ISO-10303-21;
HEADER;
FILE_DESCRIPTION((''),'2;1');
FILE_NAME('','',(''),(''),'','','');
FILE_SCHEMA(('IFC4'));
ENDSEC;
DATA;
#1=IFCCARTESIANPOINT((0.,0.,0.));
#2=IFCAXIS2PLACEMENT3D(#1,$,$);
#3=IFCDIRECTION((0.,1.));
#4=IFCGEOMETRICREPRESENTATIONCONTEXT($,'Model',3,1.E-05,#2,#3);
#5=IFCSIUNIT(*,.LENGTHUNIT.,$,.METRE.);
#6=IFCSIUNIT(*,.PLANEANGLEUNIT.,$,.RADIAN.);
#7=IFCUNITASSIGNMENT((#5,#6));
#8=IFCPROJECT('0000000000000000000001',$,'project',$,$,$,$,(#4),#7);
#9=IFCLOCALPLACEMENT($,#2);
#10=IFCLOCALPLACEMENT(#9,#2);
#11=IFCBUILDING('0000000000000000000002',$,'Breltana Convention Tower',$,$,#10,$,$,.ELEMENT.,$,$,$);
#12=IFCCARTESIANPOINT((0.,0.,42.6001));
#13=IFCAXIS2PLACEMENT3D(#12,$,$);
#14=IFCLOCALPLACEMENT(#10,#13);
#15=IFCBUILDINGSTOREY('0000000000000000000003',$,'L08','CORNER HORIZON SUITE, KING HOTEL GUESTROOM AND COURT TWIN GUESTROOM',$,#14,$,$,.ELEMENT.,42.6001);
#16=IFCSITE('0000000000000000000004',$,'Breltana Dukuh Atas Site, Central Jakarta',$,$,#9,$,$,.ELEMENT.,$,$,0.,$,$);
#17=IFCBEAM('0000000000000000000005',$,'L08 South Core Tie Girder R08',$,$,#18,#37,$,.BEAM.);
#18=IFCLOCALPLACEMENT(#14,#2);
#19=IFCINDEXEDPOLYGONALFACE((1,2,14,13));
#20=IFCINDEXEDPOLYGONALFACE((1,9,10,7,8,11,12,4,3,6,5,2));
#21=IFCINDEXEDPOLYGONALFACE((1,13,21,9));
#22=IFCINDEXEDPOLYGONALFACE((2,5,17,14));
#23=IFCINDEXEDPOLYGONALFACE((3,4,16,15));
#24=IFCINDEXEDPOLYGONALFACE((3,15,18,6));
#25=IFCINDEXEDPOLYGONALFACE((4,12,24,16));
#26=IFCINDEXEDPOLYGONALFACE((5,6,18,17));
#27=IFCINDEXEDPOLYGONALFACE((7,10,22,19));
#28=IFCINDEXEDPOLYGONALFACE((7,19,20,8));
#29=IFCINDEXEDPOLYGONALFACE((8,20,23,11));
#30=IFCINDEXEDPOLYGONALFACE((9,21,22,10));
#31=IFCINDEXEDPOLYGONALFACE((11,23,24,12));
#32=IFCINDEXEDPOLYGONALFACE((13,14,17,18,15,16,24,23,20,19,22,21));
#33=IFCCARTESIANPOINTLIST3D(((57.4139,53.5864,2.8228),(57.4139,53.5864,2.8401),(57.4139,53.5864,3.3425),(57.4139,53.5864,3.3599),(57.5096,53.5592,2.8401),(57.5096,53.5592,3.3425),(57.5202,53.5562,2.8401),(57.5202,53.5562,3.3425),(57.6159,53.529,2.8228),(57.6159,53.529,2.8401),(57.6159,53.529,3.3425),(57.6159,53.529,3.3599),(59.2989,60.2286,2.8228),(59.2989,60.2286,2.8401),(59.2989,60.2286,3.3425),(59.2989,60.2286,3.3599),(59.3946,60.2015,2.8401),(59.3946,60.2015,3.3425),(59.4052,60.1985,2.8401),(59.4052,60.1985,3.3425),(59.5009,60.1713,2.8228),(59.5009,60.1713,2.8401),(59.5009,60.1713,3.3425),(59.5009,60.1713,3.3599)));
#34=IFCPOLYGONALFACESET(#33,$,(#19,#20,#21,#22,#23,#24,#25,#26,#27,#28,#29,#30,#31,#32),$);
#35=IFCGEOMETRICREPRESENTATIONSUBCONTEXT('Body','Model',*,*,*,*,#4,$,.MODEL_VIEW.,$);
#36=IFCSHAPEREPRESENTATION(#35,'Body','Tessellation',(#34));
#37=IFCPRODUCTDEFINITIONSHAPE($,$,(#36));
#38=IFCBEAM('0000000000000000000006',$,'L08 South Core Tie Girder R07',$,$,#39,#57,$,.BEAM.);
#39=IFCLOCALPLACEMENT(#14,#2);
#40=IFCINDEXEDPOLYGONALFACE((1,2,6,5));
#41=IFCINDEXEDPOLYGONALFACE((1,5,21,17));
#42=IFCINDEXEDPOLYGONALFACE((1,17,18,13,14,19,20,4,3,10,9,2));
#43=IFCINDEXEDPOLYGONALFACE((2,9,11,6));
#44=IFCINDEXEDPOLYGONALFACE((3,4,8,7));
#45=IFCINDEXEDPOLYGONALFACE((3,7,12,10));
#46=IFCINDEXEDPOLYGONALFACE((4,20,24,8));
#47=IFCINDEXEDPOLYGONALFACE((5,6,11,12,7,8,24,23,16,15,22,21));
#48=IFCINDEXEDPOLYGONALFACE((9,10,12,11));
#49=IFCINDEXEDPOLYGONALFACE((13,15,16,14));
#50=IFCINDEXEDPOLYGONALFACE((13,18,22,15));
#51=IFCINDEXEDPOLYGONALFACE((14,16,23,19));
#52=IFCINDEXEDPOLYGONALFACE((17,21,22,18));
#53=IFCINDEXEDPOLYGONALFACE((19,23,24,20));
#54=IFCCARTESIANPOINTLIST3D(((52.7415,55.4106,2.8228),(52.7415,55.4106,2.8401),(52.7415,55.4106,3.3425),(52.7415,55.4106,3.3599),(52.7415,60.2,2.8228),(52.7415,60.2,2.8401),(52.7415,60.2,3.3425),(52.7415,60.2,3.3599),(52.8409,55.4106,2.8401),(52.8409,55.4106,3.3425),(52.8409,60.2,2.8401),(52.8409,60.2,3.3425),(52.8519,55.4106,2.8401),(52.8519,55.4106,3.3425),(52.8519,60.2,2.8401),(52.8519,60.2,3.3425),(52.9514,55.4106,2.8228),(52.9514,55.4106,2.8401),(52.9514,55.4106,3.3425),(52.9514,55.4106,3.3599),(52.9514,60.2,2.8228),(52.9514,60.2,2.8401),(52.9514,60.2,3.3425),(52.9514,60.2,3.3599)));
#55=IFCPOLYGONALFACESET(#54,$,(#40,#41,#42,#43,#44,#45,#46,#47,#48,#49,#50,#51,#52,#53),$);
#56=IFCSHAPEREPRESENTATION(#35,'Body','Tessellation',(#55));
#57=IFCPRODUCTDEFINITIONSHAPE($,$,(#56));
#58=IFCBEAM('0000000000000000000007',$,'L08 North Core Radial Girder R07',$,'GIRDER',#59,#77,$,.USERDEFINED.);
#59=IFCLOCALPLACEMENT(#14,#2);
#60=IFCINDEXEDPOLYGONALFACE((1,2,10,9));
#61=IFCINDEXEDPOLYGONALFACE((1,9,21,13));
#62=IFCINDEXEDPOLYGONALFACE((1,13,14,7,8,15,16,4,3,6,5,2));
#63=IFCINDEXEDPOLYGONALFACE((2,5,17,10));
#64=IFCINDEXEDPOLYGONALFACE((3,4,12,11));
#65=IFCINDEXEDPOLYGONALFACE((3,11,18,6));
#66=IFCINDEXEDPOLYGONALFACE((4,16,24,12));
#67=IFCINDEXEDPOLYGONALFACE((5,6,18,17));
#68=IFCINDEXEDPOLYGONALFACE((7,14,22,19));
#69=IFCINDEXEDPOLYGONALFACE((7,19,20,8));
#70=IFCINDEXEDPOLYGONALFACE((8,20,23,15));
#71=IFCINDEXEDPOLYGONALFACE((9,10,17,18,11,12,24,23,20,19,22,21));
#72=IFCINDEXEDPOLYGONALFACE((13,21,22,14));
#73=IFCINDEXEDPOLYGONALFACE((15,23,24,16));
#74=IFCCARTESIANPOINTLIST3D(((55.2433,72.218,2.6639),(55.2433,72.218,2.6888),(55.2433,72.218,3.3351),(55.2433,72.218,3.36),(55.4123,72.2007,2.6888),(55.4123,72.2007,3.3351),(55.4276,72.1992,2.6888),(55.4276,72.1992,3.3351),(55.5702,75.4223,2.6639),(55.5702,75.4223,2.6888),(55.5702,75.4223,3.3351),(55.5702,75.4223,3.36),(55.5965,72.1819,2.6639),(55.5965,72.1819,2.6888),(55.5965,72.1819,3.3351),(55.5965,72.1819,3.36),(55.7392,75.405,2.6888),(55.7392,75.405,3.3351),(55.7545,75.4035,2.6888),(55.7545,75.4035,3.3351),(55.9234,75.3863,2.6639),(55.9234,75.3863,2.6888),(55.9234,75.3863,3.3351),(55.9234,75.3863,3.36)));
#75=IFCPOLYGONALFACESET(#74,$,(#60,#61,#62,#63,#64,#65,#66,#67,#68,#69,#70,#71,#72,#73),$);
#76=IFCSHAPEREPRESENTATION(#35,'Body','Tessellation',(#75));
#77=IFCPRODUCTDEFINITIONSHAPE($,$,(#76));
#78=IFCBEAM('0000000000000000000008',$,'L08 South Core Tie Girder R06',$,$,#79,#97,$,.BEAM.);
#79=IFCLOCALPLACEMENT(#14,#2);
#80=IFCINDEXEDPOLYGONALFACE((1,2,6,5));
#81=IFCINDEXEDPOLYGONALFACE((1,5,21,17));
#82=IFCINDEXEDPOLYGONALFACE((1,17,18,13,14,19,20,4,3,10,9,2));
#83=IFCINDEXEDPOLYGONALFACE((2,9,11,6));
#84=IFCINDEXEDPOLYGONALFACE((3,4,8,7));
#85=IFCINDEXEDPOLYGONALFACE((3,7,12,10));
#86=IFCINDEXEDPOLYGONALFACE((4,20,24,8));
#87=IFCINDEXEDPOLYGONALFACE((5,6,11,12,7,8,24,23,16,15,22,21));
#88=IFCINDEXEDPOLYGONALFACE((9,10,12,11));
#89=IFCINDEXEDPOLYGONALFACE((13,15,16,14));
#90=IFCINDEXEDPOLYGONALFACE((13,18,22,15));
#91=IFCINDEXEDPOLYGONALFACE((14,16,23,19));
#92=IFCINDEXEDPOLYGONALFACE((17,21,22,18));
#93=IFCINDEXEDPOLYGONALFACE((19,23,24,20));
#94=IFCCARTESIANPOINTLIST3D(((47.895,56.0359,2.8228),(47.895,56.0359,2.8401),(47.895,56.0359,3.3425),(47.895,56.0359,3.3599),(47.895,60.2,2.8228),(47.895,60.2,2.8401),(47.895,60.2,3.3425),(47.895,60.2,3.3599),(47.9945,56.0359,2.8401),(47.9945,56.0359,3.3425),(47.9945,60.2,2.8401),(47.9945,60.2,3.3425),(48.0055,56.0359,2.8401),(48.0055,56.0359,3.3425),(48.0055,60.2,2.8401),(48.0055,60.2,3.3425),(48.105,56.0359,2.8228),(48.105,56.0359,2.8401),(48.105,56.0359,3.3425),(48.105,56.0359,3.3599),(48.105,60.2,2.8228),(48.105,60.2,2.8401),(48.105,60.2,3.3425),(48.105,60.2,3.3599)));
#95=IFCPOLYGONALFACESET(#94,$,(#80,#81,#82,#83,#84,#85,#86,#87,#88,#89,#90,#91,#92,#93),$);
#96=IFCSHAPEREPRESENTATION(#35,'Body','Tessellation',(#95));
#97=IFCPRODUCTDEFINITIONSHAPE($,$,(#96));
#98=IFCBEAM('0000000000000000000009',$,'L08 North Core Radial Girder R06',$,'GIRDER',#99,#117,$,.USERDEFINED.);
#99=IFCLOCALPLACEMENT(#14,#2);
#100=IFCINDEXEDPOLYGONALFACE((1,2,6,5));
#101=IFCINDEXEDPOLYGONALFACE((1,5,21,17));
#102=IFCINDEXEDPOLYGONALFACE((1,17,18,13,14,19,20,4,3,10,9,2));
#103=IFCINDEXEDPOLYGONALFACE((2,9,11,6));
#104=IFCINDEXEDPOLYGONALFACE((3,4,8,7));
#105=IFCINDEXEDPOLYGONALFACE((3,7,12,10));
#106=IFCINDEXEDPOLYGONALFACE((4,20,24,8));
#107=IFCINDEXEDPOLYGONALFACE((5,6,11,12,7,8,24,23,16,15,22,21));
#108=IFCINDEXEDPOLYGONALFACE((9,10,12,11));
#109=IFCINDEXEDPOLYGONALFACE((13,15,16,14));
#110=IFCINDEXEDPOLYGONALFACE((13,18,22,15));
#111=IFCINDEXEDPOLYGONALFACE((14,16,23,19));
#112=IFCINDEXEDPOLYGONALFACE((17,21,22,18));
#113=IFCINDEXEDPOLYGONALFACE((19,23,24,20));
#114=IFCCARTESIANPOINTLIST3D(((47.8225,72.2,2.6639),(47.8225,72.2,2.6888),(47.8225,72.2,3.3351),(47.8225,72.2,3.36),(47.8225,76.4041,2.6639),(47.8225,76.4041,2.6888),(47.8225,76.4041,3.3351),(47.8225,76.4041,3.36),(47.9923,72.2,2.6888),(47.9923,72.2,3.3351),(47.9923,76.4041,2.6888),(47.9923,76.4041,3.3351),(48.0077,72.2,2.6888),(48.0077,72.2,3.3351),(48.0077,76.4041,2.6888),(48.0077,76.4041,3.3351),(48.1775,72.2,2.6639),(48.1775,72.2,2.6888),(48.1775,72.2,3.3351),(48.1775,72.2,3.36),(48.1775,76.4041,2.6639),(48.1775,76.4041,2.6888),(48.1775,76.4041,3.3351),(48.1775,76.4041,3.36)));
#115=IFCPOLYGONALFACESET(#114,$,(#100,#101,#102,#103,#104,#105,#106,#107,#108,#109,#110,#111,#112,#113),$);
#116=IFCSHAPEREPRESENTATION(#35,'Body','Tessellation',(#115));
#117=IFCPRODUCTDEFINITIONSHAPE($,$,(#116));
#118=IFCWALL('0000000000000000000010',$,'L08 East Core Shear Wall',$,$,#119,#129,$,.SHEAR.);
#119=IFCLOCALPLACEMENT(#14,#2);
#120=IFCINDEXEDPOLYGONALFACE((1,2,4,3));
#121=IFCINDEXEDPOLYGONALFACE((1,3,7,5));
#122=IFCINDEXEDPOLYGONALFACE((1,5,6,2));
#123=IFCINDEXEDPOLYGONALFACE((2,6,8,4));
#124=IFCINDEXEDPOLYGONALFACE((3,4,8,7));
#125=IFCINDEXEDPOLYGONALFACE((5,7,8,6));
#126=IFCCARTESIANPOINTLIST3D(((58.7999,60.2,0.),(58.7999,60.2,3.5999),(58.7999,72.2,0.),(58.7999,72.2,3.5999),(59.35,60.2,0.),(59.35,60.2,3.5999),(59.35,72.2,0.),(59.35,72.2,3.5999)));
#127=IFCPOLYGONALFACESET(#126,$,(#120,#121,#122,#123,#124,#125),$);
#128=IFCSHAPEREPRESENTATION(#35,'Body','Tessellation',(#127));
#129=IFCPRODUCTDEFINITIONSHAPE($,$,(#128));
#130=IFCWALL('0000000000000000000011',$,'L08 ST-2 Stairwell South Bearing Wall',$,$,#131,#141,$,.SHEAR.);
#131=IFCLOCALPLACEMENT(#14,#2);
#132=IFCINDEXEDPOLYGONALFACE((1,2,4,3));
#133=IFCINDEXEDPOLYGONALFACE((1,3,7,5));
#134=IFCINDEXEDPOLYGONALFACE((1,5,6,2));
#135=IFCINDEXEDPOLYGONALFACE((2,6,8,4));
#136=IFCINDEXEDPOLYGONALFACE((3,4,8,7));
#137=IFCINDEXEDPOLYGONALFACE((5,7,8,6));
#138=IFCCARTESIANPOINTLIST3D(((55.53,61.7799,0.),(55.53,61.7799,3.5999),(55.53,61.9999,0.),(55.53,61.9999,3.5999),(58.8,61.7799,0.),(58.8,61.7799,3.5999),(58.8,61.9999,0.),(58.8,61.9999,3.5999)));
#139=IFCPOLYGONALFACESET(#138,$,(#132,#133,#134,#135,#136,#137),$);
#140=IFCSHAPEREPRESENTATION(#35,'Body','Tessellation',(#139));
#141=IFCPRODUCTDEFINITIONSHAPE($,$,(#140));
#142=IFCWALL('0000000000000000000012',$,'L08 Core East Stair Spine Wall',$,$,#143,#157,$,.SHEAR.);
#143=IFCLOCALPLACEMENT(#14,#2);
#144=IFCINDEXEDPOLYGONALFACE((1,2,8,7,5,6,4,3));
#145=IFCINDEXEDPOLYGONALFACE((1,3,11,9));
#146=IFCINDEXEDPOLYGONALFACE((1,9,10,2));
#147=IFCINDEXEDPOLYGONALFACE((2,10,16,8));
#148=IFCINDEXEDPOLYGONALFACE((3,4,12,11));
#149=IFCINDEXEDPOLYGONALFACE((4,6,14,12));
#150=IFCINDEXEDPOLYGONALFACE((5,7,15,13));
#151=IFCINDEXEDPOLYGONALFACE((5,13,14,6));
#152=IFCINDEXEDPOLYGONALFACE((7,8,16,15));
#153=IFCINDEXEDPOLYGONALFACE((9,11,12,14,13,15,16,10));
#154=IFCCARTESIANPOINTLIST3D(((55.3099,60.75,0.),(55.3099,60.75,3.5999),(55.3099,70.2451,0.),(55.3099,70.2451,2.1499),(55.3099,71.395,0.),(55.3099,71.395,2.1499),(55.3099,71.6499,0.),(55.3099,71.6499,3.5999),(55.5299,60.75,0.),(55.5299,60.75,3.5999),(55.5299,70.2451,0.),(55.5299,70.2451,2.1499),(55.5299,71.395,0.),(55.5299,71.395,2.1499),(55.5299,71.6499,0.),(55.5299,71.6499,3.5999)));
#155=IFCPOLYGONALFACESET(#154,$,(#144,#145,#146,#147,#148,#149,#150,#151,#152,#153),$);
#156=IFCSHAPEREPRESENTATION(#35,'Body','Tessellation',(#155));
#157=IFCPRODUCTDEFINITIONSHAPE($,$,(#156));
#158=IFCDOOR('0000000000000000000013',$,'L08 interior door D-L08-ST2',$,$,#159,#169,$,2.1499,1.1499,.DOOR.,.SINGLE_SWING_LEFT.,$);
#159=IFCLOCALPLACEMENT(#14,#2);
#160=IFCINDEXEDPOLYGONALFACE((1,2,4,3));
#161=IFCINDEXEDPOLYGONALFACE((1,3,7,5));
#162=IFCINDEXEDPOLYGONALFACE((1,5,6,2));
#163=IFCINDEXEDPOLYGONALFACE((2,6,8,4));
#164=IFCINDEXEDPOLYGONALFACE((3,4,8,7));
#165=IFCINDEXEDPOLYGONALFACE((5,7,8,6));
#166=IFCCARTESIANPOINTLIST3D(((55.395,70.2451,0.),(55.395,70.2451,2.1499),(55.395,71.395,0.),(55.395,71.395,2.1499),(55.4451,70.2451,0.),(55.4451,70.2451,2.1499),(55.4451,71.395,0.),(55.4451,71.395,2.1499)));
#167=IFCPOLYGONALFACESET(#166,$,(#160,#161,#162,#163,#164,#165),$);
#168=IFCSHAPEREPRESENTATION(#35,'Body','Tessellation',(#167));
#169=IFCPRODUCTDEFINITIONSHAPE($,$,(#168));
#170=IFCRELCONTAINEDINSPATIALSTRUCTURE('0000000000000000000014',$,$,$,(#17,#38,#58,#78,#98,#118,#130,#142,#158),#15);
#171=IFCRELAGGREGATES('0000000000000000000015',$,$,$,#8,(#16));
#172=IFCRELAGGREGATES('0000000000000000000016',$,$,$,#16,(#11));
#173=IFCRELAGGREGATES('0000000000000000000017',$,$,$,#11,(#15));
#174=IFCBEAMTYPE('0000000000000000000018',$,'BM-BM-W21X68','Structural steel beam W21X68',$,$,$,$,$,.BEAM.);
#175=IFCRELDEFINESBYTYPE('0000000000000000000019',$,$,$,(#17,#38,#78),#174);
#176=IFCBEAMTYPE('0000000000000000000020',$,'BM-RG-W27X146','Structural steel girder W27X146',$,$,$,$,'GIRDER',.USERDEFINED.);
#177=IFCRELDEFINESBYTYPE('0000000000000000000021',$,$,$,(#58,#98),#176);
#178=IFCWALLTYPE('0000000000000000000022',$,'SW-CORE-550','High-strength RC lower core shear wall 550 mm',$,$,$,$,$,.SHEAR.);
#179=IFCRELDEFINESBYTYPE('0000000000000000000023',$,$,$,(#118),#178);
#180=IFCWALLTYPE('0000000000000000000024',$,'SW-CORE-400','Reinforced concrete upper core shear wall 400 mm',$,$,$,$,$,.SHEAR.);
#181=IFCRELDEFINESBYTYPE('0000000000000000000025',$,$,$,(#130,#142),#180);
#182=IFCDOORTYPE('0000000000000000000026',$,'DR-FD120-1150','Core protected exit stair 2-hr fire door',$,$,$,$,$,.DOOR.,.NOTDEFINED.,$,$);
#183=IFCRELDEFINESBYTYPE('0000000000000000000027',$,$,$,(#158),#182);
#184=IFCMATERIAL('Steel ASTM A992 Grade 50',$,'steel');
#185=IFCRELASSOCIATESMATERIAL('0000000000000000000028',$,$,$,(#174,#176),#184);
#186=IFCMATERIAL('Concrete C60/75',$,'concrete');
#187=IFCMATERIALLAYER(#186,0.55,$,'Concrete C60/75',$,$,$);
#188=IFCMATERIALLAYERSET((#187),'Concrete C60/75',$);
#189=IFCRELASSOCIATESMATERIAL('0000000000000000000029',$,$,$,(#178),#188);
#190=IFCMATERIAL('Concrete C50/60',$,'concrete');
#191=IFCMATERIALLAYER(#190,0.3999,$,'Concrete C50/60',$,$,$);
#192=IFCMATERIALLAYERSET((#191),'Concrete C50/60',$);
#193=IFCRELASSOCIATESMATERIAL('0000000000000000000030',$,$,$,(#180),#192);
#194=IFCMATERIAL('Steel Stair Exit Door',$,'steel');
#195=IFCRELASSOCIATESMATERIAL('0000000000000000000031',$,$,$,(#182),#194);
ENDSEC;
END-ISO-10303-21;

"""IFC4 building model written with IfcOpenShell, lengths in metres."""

from ifc_helpers import new_model, si_unit, direction, frame, frame_2d, origin, origin_2d, place, context, subcontext, project, spatial, rectangle, i_section, extrude, source, transform, mapped, material, layer, layer_set, material_profile, profile_set, type_object, type_shapes, element, fill, save


model = new_model("IFC4")

# Units and contexts
model_context = context("Model", 3, precision=1e-05, world=origin(), true_north=direction((0.0, 1.0)))
body_context = subcontext(model_context, "Body", "Model", "MODEL_VIEW")
ifc_project = project(units=[si_unit("LENGTHUNIT", "METRE"), si_unit("PLANEANGLEUNIT", "RADIAN")], contexts=[model_context])

# Site, building, storey
site_placement = place(None, origin())
site = spatial("IfcSite", under=ifc_project, at=site_placement, Name="Breltana Dukuh Atas Site, Central Jakarta", CompositionType="ELEMENT", RefElevation=0.0)
building_placement = place(site_placement, origin())
building = spatial("IfcBuilding", under=site, at=building_placement, Name="Breltana Convention Tower", CompositionType="ELEMENT")
storey_placement = place(building_placement, frame((0.0, 0.0, 42.6001)))
storey = spatial("IfcBuildingStorey", under=building, at=storey_placement, Name="L08", Description="CORNER HORIZON SUITE, KING HOTEL GUESTROOM AND COURT TWIN GUESTROOM", CompositionType="ELEMENT", Elevation=42.6001)

# Beams
ifc_material_1 = material(Name="Steel ASTM A992 Grade 50", Category="steel")
ifc_material_profile_1 = material_profile(ifc_material_1, i_section(OverallWidth=0.21, OverallDepth=0.5371, WebThickness=0.011, FlangeThickness=0.0173, at=origin_2d()), Name="W21X68")
ifc_profile_set_1 = profile_set([ifc_material_profile_1], Name="Steel ASTM A992 Grade 50")
beam_type_1 = type_object("IfcBeamType", Name="BM-BM-W21X68", Description="Structural steel beam W21X68", PredefinedType="BEAM", material=ifc_profile_set_1)
shared_shape_1 = source(origin(), body_context, "Body", "SweptSolid", [
    extrude(i_section(OverallWidth=0.21, OverallDepth=0.5371, WebThickness=0.011, FlangeThickness=0.0173, at=origin_2d()), origin(), (0.0, 0.0, 1.0), 6.9045),
])
type_shapes(beam_type_1, [shared_shape_1])
beam_1_placement = place(storey_placement, frame((59.3999, 60.2, 3.0913), z_axis=(-0.273007, -0.962012, 0.0), x_axis=(0.962012, -0.273007, 0.0)))
element("IfcBeam", 1, at=beam_1_placement, inside=storey, type_object=beam_type_1, Name="L08 South Core Tie Girder R08", PredefinedType="BEAM", context=body_context, shape_type="MappedRepresentation", body=[
    mapped(shared_shape_1, transform((0.0, 0.0, 0.0), scale=1.0)),
])
shared_shape_2 = source(origin(), body_context, "Body", "SweptSolid", [
    extrude(i_section(OverallWidth=0.21, OverallDepth=0.5371, WebThickness=0.011, FlangeThickness=0.0173, at=origin_2d()), origin(), (0.0, 0.0, 1.0), 4.7893),
])
beam_2_placement = place(storey_placement, frame((52.8464, 60.2, 3.0913), z_axis=(0.0, -1.0, 0.0), x_axis=(1.0, 0.0, 0.0)))
element("IfcBeam", 2, at=beam_2_placement, inside=storey, type_object=beam_type_1, Name="L08 South Core Tie Girder R07", PredefinedType="BEAM", context=body_context, shape_type="MappedRepresentation", body=[
    mapped(shared_shape_2, transform((0.0, 0.0, 0.0), scale=1.0)),
])
ifc_material_profile_2 = material_profile(ifc_material_1, i_section(OverallWidth=0.355, OverallDepth=0.696, WebThickness=0.0154, FlangeThickness=0.0249, at=origin_2d()), Name="W27X146")
ifc_profile_set_2 = profile_set([ifc_material_profile_2], Name="Steel ASTM A992 Grade 50")
beam_type_2 = type_object("IfcBeamType", Name="BM-RG-W27X146", Description="Structural steel girder W27X146", ElementType="GIRDER", PredefinedType="USERDEFINED", material=ifc_profile_set_2)
shared_shape_3 = source(origin(), body_context, "Body", "SweptSolid", [
    extrude(i_section(OverallWidth=0.355, OverallDepth=0.696, WebThickness=0.0154, FlangeThickness=0.0249, at=origin_2d()), origin(), (0.0, 0.0, 1.0), 3.2209),
])
beam_3_placement = place(storey_placement, frame((55.4199, 72.2, 3.012), z_axis=(0.101492, 0.994836, 0.0), x_axis=(-0.994836, 0.101492, 0.0)))
element("IfcBeam", 3, at=beam_3_placement, inside=storey, type_object=beam_type_2, Name="L08 North Core Radial Girder R07", ObjectType="GIRDER", PredefinedType="USERDEFINED", context=body_context, shape_type="MappedRepresentation", body=[
    mapped(shared_shape_3, transform((0.0, 0.0, 0.0), scale=1.0)),
])
shared_shape_4 = source(origin(), body_context, "Body", "SweptSolid", [
    extrude(i_section(OverallWidth=0.21, OverallDepth=0.5371, WebThickness=0.011, FlangeThickness=0.0173, at=origin_2d()), origin(), (0.0, 0.0, 1.0), 4.1641),
])
beam_4_placement = place(storey_placement, frame((48.0, 60.2, 3.0913), z_axis=(0.0, -1.0, 0.0), x_axis=(1.0, 0.0, 0.0)))
element("IfcBeam", 4, at=beam_4_placement, inside=storey, type_object=beam_type_1, Name="L08 South Core Tie Girder R06", PredefinedType="BEAM", context=body_context, shape_type="MappedRepresentation", body=[
    mapped(shared_shape_4, transform((0.0, 0.0, 0.0), scale=1.0)),
])
shared_shape_5 = source(origin(), body_context, "Body", "SweptSolid", [
    extrude(i_section(OverallWidth=0.355, OverallDepth=0.696, WebThickness=0.0154, FlangeThickness=0.0249, at=origin_2d()), origin(), (0.0, 0.0, 1.0), 4.2041),
])
beam_5_placement = place(storey_placement, frame((48.0, 72.2, 3.012), z_axis=(0.0, 1.0, 0.0), x_axis=(-1.0, 0.0, 0.0)))
element("IfcBeam", 5, at=beam_5_placement, inside=storey, type_object=beam_type_2, Name="L08 North Core Radial Girder R06", ObjectType="GIRDER", PredefinedType="USERDEFINED", context=body_context, shape_type="MappedRepresentation", body=[
    mapped(shared_shape_5, transform((0.0, 0.0, 0.0), scale=1.0)),
])

# Walls
ifc_material_2 = material(Name="Concrete C60/75", Category="concrete")
ifc_layer_1 = layer(ifc_material_2, 0.55, Name="Concrete C60/75")
ifc_layer_set_1 = layer_set([ifc_layer_1], Name="Concrete C60/75")
wall_type_1 = type_object("IfcWallType", Name="SW-CORE-550", Description="High-strength RC lower core shear wall 550 mm", PredefinedType="SHEAR", material=ifc_layer_set_1)
shared_shape_6 = source(origin(), body_context, "Body", "SweptSolid", [
    extrude(rectangle(XDim=12.0, YDim=0.55, at=frame_2d((6.0, 0.0))), origin(), (0.0, 0.0, 1.0), 3.5999),
])
wall_1_placement = place(storey_placement, frame((59.075, 60.2, 0.0), z_axis=(0.0, 0.0, 1.0), x_axis=(0.0, 1.0, 0.0)))
element("IfcWall", 6, at=wall_1_placement, inside=storey, type_object=wall_type_1, Name="L08 East Core Shear Wall", PredefinedType="SHEAR", context=body_context, shape_type="MappedRepresentation", body=[
    mapped(shared_shape_6, transform((0.0, 0.0, 0.0), scale=1.0)),
])
ifc_material_3 = material(Name="Concrete C50/60", Category="concrete")
ifc_layer_2 = layer(ifc_material_3, 0.3999, Name="Concrete C50/60")
ifc_layer_set_2 = layer_set([ifc_layer_2], Name="Concrete C50/60")
wall_type_2 = type_object("IfcWallType", Name="SW-CORE-400", Description="Reinforced concrete upper core shear wall 400 mm", PredefinedType="SHEAR", material=ifc_layer_set_2)
shared_shape_7 = source(origin(), body_context, "Body", "SweptSolid", [
    extrude(rectangle(XDim=3.27, YDim=0.22, at=frame_2d((1.635, 0.0))), origin(), (0.0, 0.0, 1.0), 3.5999),
])
wall_2_placement = place(storey_placement, frame((55.53, 61.8899, 0.0), z_axis=(0.0, 0.0, 1.0), x_axis=(1.0, 0.0, 0.0)))
element("IfcWall", 7, at=wall_2_placement, inside=storey, type_object=wall_type_2, Name="L08 ST-2 Stairwell South Bearing Wall", PredefinedType="SHEAR", context=body_context, shape_type="MappedRepresentation", body=[
    mapped(shared_shape_7, transform((0.0, 0.0, 0.0), scale=1.0)),
])

# Wall, opening, door
shared_shape_8 = source(origin(), body_context, "Body", "SweptSolid", [
    extrude(rectangle(XDim=10.8999, YDim=0.22, at=frame_2d((5.45, 0.0))), origin(), (0.0, 0.0, 1.0), 3.5999),
])
wall_3_placement = place(storey_placement, frame((55.4199, 60.75, 0.0), z_axis=(0.0, 0.0, 1.0), x_axis=(0.0, 1.0, 0.0)))
wall_3 = element("IfcWall", 8, at=wall_3_placement, inside=storey, type_object=wall_type_2, Name="L08 Core East Stair Spine Wall", PredefinedType="SHEAR", context=body_context, shape_type="MappedRepresentation", body=[
    mapped(shared_shape_8, transform((0.0, 0.0, 0.0), scale=1.0)),
])
opening_1_placement = place(wall_3_placement, frame((9.4951, 0.0, 0.0)))
opening_1 = element("IfcOpeningElement", 9, at=opening_1_placement, cuts=wall_3, PredefinedType="OPENING", context=body_context, shape_type="SweptSolid", body=[
    extrude(rectangle(XDim=1.1499, YDim=2.1499, at=frame_2d((0.575, 1.075))), frame((0.0, 0.1201, 0.0), z_axis=(0.0, -1.0, 0.0), x_axis=(1.0, 0.0, 0.0)), (0.0, 0.0, 1.0), 0.24),
])
ifc_material_4 = material(Name="Steel Stair Exit Door", Category="steel")
door_type_1 = type_object("IfcDoorType", Name="DR-FD120-1150", Description="Core protected exit stair 2-hr fire door", OperationType="NOTDEFINED", PredefinedType="DOOR", material=ifc_material_4)
shared_shape_9 = source(origin(), body_context, "Body", "SweptSolid", [
    extrude(rectangle(XDim=1.1499, YDim=2.1499, at=frame_2d((0.575, 1.075))), frame((0.0, 0.0249, 0.0), z_axis=(0.0, -1.0, 0.0), x_axis=(1.0, 0.0, 0.0)), (0.0, 0.0, 1.0), 0.05),
])
type_shapes(door_type_1, [shared_shape_9])
door_1_placement = place(opening_1_placement, origin())
door_1 = element("IfcDoor", 10, at=door_1_placement, inside=storey, type_object=door_type_1, Name="L08 interior door D-L08-ST2", OperationType="SINGLE_SWING_LEFT", OverallHeight=2.1499, OverallWidth=1.1499, PredefinedType="DOOR", context=body_context, shape_type="MappedRepresentation", body=[
    mapped(shared_shape_9, transform((0.0, 0.0, 0.0), scale=1.0)),
])
fill(opening_1, door_1)

save(model, "model.ifc")
